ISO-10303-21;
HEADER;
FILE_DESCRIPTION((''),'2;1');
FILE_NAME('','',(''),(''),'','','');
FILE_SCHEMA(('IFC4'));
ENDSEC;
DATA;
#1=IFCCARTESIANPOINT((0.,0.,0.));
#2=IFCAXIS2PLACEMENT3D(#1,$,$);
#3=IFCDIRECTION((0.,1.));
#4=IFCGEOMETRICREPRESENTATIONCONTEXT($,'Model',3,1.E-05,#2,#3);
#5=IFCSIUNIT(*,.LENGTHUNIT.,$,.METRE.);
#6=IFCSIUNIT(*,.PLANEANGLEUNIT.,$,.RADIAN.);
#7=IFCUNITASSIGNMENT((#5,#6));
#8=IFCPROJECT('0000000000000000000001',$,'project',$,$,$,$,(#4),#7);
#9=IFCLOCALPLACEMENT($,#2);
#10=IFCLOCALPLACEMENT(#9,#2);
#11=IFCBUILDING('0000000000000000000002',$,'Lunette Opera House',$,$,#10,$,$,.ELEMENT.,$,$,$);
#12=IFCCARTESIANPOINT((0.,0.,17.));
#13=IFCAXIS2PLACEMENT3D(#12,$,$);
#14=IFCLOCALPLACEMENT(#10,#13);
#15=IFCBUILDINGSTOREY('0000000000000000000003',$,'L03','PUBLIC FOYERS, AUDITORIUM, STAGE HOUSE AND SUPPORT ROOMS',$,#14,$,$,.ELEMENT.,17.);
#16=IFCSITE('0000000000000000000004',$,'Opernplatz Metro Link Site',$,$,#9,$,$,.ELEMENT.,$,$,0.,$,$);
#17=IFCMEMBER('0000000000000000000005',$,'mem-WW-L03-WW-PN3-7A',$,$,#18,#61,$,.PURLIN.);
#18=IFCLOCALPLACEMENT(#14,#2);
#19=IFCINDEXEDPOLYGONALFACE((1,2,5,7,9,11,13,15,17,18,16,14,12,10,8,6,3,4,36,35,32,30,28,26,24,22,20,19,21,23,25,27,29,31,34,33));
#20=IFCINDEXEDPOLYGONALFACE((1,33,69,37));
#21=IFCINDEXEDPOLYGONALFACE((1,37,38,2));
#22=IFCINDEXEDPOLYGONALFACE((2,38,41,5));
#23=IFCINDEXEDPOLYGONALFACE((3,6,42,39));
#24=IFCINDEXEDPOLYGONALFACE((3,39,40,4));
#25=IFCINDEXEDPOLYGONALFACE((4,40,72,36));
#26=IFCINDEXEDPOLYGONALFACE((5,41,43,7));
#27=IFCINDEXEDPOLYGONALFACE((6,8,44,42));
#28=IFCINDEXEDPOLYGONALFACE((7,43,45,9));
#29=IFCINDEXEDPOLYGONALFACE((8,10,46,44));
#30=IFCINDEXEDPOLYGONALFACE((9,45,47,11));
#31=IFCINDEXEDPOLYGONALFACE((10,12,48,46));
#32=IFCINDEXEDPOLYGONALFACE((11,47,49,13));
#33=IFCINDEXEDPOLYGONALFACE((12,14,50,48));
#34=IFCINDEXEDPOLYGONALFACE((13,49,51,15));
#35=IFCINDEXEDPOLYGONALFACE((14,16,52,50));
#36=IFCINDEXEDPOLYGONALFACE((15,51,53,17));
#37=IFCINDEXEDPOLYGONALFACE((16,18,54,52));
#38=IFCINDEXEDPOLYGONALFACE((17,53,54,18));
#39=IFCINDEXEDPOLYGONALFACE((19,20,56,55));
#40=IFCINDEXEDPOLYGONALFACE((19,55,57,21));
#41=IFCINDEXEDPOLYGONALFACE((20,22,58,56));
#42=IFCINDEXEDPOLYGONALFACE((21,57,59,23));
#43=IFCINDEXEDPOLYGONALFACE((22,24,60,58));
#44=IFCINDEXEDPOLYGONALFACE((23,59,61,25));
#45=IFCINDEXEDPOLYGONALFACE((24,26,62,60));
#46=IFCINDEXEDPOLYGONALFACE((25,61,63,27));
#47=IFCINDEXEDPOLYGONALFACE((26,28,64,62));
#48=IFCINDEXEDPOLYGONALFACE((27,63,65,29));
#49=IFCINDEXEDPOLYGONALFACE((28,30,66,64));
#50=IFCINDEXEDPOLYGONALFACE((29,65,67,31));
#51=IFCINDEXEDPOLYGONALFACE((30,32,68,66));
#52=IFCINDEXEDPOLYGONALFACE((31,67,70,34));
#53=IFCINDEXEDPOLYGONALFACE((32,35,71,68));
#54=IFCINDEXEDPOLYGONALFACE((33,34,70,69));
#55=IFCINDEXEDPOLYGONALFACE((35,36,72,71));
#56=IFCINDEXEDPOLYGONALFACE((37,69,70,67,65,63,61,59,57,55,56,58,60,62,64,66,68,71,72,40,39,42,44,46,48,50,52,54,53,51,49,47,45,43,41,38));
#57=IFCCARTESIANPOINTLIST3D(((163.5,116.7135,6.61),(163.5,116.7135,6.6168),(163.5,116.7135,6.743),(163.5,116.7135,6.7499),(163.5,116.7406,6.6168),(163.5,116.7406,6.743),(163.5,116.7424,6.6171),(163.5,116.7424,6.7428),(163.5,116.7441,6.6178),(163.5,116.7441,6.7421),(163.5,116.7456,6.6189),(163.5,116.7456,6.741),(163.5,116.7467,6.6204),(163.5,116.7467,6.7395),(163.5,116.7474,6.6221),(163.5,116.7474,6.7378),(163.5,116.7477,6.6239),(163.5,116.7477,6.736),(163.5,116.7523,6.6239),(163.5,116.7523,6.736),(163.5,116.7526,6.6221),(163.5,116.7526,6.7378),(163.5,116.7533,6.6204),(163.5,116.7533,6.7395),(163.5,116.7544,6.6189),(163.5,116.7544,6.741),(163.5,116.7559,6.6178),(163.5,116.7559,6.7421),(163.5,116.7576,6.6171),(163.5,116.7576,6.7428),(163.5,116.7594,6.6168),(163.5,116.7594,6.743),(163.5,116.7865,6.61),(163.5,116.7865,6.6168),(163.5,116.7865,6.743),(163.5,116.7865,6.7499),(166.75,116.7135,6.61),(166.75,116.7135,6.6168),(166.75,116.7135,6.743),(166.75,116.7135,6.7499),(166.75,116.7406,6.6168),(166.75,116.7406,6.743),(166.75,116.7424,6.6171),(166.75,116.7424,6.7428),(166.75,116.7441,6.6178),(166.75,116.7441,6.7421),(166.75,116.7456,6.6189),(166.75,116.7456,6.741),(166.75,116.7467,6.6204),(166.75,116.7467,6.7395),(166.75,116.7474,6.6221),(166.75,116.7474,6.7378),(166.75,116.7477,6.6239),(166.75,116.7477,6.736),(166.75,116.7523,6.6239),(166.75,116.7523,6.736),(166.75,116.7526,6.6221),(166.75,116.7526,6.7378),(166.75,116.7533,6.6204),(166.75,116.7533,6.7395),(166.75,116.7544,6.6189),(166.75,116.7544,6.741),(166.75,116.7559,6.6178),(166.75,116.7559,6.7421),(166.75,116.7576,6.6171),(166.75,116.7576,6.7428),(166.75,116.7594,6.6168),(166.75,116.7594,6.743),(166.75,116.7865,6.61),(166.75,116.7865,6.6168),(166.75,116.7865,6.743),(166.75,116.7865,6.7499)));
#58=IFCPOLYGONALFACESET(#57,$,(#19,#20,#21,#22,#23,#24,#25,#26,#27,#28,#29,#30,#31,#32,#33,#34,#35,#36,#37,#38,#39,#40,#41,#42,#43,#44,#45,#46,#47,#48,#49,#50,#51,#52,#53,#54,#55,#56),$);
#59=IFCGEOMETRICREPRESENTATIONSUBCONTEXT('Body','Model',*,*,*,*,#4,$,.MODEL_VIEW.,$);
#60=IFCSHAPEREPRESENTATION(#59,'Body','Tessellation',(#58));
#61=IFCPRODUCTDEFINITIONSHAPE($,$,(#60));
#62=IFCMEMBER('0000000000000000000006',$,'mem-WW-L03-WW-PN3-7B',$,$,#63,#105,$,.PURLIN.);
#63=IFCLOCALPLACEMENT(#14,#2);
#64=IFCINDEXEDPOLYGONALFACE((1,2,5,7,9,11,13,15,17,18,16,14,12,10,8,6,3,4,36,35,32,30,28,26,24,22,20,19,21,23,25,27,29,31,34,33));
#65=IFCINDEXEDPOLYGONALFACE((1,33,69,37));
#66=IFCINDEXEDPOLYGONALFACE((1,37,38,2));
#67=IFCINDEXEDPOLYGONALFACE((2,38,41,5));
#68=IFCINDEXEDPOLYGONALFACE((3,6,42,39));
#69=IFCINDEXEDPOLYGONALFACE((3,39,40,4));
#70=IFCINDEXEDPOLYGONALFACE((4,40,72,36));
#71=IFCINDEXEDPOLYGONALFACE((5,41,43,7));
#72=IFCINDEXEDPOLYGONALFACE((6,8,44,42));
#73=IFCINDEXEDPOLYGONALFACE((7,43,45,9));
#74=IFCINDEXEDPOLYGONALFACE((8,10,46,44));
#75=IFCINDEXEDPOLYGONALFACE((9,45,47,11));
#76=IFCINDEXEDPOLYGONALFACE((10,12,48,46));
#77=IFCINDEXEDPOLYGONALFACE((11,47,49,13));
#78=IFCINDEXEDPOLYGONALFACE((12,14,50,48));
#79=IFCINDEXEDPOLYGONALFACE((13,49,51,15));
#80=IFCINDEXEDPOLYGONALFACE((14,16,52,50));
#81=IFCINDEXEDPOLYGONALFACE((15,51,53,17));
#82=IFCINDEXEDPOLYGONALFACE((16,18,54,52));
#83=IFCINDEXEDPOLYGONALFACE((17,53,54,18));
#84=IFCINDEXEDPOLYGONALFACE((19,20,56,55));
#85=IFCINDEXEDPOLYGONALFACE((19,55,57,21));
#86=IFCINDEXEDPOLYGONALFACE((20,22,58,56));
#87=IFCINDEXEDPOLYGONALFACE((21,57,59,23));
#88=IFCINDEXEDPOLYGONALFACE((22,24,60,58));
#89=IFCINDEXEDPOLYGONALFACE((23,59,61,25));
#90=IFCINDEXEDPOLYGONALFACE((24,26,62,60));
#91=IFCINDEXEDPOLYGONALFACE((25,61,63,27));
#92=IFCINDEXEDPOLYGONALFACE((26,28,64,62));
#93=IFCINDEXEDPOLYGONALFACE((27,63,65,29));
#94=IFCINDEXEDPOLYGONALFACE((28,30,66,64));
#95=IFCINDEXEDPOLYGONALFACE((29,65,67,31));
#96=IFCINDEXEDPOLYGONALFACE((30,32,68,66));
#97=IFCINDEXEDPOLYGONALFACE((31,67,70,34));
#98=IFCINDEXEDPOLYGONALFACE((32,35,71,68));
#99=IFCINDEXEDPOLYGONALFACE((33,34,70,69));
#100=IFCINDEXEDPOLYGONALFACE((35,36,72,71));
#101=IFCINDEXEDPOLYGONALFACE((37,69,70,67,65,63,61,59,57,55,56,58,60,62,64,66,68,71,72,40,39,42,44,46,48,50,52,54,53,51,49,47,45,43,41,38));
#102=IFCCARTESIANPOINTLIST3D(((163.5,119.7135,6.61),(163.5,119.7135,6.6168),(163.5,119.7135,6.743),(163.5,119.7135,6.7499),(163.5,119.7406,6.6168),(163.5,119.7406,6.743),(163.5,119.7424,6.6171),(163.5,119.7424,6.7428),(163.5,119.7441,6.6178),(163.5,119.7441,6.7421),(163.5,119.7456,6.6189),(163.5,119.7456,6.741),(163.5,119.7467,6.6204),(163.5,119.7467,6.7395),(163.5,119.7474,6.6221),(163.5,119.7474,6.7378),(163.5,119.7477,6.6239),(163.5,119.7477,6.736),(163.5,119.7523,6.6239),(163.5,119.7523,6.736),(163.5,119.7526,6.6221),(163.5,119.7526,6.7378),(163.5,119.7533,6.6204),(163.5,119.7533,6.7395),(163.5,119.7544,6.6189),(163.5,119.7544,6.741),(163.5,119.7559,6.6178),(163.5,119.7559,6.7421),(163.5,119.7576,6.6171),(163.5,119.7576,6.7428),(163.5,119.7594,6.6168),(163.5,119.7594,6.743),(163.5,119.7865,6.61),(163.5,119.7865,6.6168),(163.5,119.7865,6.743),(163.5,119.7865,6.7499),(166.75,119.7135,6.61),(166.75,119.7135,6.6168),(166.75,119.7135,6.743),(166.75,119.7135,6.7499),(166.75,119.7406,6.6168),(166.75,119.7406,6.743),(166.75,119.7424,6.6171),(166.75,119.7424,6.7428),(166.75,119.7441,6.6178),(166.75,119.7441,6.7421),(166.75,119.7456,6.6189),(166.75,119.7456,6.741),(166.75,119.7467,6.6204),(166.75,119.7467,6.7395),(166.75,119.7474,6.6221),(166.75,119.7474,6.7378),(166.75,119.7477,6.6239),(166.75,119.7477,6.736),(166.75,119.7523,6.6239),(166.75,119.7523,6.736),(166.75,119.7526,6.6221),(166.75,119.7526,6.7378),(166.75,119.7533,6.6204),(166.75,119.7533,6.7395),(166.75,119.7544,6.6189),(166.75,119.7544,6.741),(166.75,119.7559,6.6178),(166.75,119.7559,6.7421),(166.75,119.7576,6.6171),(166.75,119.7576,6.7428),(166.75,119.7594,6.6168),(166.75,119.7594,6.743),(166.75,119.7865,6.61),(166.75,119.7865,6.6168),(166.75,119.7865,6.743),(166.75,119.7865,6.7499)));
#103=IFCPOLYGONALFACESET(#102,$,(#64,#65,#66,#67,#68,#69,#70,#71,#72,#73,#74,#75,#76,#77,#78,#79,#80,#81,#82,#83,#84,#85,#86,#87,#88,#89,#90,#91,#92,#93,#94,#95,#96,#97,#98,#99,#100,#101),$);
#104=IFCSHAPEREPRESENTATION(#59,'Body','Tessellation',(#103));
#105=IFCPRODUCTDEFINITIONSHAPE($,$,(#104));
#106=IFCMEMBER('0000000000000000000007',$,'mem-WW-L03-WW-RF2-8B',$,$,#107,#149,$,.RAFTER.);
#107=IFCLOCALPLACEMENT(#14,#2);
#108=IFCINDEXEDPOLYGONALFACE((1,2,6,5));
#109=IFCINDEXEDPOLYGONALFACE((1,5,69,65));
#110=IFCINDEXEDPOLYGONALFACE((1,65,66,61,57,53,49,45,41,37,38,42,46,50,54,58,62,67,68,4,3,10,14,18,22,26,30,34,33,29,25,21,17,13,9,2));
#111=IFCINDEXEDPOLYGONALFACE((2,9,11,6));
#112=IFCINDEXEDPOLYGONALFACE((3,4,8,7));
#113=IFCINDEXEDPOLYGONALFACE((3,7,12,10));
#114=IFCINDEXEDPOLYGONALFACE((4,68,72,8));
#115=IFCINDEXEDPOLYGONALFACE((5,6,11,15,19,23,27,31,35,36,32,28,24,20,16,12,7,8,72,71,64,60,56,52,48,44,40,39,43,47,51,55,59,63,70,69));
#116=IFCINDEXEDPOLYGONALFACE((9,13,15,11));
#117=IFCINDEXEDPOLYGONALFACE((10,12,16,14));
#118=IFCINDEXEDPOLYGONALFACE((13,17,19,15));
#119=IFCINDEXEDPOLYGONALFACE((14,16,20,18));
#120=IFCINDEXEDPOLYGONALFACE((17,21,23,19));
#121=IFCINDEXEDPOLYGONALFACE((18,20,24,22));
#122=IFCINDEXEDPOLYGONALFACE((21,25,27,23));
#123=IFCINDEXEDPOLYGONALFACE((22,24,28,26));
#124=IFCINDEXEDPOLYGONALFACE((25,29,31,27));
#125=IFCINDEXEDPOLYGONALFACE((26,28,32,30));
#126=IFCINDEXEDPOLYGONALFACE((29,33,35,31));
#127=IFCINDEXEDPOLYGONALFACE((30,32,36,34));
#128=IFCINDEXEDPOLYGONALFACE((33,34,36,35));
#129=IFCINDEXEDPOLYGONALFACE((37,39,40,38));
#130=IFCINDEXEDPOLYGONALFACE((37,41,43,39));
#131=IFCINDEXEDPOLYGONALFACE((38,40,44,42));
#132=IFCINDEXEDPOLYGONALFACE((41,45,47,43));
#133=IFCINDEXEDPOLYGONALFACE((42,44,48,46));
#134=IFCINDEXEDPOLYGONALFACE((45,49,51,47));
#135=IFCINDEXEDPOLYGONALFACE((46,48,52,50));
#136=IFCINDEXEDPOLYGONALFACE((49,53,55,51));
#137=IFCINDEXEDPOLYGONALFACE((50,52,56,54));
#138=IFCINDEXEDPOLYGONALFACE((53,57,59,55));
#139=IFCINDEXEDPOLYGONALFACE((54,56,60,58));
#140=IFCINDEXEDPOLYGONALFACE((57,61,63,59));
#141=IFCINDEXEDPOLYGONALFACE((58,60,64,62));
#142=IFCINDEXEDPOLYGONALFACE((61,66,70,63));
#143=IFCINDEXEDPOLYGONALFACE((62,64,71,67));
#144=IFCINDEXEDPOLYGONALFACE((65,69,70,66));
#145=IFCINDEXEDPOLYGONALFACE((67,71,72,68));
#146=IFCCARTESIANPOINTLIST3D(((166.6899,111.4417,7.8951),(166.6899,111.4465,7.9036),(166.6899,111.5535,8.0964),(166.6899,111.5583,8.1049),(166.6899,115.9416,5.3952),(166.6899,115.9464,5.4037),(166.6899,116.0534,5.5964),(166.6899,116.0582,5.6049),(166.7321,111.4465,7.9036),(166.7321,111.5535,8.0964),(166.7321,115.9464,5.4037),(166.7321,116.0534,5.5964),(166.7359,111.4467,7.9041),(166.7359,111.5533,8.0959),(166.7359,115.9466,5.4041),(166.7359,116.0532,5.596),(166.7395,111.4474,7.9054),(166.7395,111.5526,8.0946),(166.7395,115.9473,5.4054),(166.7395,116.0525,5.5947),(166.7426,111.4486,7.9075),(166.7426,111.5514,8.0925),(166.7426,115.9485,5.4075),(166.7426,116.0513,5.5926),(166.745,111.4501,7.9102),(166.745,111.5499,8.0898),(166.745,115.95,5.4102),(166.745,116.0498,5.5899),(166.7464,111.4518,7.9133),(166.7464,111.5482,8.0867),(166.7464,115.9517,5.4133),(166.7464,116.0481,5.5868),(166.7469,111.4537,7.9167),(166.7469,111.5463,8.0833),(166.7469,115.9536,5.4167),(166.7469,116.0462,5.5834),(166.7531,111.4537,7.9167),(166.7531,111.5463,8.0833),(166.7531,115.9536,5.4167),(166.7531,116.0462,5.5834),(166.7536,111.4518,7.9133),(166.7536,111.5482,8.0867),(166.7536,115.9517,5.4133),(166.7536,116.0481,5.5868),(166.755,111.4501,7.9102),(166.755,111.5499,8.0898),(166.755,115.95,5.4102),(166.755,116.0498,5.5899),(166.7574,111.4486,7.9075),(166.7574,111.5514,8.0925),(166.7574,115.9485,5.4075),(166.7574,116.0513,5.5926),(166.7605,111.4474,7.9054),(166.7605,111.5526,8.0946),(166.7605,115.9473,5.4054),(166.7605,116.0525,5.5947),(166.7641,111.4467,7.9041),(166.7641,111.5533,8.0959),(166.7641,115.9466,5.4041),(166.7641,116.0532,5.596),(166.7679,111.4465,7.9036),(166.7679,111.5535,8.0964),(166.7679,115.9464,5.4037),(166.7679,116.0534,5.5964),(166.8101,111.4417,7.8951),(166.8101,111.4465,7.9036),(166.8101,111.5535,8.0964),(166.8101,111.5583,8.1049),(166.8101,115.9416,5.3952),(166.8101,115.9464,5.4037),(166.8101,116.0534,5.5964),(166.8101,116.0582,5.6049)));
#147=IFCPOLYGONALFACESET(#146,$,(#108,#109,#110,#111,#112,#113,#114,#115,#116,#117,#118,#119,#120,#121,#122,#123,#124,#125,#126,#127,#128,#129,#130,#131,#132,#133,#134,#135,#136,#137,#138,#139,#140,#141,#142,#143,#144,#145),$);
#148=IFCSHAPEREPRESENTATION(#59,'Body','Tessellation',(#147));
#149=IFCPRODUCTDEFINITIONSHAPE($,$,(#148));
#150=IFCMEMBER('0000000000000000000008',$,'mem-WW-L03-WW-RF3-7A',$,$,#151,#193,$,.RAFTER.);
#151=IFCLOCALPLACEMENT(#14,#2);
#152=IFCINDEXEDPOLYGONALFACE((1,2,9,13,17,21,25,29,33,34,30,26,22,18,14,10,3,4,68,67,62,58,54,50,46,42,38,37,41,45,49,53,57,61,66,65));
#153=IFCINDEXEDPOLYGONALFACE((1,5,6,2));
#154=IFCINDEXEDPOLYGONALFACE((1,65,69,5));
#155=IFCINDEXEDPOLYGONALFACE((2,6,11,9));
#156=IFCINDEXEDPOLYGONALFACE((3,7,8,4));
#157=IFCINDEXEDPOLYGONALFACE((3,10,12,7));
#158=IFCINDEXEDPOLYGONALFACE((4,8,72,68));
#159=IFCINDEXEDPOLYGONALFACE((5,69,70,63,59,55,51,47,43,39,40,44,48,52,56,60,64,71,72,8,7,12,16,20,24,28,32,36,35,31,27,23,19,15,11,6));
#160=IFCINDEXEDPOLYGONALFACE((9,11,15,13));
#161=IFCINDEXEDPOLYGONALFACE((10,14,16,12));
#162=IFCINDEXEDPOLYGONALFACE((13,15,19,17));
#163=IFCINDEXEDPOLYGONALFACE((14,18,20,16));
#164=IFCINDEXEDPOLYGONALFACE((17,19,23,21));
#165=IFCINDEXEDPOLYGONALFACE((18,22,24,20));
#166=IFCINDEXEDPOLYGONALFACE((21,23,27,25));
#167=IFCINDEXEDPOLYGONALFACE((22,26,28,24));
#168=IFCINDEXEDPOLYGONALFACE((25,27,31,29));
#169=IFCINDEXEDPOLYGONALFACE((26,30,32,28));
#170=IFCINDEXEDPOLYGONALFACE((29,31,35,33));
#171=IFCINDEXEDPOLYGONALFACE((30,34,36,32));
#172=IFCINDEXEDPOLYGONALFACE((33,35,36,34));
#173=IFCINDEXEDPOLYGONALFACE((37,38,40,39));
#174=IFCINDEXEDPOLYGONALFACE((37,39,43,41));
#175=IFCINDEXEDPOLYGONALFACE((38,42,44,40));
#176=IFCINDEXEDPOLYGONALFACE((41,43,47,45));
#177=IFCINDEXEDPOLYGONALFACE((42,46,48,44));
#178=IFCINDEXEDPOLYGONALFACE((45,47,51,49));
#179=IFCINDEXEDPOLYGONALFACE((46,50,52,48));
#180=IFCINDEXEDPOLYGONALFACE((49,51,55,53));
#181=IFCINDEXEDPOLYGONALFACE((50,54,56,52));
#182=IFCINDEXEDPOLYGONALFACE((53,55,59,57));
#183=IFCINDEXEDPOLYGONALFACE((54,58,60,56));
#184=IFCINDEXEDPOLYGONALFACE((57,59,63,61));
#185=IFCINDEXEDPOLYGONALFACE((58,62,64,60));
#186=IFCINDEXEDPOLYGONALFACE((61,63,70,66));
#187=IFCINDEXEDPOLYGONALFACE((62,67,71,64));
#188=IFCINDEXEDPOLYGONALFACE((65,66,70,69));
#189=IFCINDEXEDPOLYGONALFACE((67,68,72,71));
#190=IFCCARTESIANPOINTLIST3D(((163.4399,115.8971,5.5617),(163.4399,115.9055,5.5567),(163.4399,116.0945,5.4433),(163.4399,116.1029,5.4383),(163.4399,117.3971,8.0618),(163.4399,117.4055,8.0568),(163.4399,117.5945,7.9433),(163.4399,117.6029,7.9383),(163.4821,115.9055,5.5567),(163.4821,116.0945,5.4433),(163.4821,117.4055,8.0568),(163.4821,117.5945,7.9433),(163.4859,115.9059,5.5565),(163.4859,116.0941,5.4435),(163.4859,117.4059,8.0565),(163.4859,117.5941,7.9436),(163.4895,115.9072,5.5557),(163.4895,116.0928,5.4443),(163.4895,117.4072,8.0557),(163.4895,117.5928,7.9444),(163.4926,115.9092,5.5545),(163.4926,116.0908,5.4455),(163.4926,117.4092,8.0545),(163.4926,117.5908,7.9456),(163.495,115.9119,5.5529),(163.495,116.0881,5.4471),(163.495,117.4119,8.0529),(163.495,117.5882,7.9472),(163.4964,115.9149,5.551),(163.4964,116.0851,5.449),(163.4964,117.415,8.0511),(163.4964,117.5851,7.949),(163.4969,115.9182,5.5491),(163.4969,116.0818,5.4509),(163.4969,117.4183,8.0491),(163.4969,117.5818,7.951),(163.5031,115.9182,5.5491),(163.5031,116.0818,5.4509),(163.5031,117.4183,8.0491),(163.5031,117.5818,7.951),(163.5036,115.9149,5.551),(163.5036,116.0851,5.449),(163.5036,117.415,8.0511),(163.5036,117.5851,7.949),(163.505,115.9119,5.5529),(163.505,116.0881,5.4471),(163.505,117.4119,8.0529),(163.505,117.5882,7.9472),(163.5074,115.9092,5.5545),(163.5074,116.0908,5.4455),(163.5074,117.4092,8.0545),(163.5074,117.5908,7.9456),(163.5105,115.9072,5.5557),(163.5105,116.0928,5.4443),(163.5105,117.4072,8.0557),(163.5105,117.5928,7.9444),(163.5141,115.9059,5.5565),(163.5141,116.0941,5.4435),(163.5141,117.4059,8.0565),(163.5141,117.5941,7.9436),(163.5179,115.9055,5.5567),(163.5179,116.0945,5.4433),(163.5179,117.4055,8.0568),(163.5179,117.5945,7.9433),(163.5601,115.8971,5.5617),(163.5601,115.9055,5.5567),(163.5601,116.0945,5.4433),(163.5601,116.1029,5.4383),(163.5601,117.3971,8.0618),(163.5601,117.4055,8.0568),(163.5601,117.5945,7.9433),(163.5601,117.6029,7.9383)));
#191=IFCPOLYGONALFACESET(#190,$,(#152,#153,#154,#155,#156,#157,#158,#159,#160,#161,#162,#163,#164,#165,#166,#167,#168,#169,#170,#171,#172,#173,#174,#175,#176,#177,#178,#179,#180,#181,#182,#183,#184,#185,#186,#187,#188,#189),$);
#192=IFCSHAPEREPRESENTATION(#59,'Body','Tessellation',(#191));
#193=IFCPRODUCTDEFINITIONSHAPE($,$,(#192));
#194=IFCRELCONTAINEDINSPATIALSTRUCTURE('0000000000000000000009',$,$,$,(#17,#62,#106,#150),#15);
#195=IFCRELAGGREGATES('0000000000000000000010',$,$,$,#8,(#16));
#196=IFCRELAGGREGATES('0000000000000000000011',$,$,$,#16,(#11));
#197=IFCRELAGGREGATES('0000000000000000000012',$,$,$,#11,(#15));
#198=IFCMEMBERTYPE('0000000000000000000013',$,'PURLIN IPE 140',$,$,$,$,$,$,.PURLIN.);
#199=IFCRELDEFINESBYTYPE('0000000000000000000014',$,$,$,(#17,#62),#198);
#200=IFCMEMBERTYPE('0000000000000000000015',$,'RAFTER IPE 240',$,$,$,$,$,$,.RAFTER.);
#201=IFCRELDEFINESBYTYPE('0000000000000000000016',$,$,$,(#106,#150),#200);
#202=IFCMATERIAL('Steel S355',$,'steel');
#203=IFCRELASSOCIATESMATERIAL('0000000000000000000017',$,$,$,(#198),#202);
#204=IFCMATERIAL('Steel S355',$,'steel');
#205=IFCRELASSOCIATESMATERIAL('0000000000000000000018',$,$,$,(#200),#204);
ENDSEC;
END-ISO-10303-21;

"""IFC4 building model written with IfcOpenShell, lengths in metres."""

from ifc_helpers import new_model, si_unit, direction, frame, origin, origin_2d, place, context, subcontext, project, spatial, i_section, extrude, material, material_profile, profile_set, type_object, element, save


model = new_model("IFC4")

# Units and contexts
model_context = context("Model", 3, precision=1e-05, world=origin(), true_north=direction((0.0, 1.0)))
body_context = subcontext(model_context, "Body", "Model", "MODEL_VIEW")
ifc_project = project(units=[si_unit("LENGTHUNIT", "METRE"), si_unit("PLANEANGLEUNIT", "RADIAN")], contexts=[model_context])

# Site, building, storey
site_placement = place(None, origin())
site = spatial("IfcSite", under=ifc_project, at=site_placement, Name="Opernplatz Metro Link Site", CompositionType="ELEMENT", RefElevation=0.0)
building_placement = place(site_placement, origin())
building = spatial("IfcBuilding", under=site, at=building_placement, Name="Lunette Opera House", CompositionType="ELEMENT")
storey_placement = place(building_placement, frame((0.0, 0.0, 17.0)))
storey = spatial("IfcBuildingStorey", under=building, at=storey_placement, Name="L03", Description="PUBLIC FOYERS, AUDITORIUM, STAGE HOUSE AND SUPPORT ROOMS", CompositionType="ELEMENT", Elevation=17.0)

# Members
ifc_material_1 = material(Name="Steel S355", Category="steel")
ifc_material_profile_1 = material_profile(ifc_material_1, i_section(OverallWidth=0.073, OverallDepth=0.1399, WebThickness=0.0046, FlangeThickness=0.0068, FilletRadius=0.0071, at=origin_2d()), Name="IPE 140")
ifc_profile_set_1 = profile_set([ifc_material_profile_1], Name="Steel S355")
member_type_1 = type_object("IfcMemberType", Name="PURLIN IPE 140", PredefinedType="PURLIN", material=ifc_profile_set_1)
for number, where, z_axis, x_axis, name in (
    (1, (163.5, 116.75, 6.6799), (1.0, 0.0, 0.0), (0.0, 1.0, 0.0), "mem-WW-L03-WW-PN3-7A"),
    (2, (163.5, 119.75, 6.6799), (1.0, 0.0, 0.0), (0.0, 1.0, 0.0), "mem-WW-L03-WW-PN3-7B"),
):
    element("IfcMember", number, at=place(storey_placement, frame(where, z_axis=z_axis, x_axis=x_axis)), inside=storey, type_object=member_type_1, Name=name, PredefinedType="PURLIN", context=body_context, shape_type="SweptSolid", body=[
        extrude(i_section(OverallWidth=0.073, OverallDepth=0.1399, WebThickness=0.0046, FlangeThickness=0.0068, FilletRadius=0.0071, at=origin_2d()), origin(), (0.0, 0.0, 1.0), 3.25),
    ])
ifc_material_2 = material(Name="Steel S355", Category="steel")
ifc_material_profile_2 = material_profile(ifc_material_2, i_section(OverallWidth=0.1201, OverallDepth=0.24, WebThickness=0.0061, FlangeThickness=0.0098, FilletRadius=0.0149, at=origin_2d()), Name="IPE 240")
ifc_profile_set_2 = profile_set([ifc_material_profile_2], Name="Steel S355")
member_type_2 = type_object("IfcMemberType", Name="RAFTER IPE 240", PredefinedType="RAFTER", material=ifc_profile_set_2)
member_1_placement = place(storey_placement, frame((166.75, 111.5, 8.0), z_axis=(0.0, 0.874157, -0.485643), x_axis=(-1.0, 0.0, 0.0)))
element("IfcMember", 3, at=member_1_placement, inside=storey, type_object=member_type_2, Name="mem-WW-L03-WW-RF2-8B", PredefinedType="RAFTER", context=body_context, shape_type="SweptSolid", body=[
    extrude(i_section(OverallWidth=0.1201, OverallDepth=0.24, WebThickness=0.0061, FlangeThickness=0.0098, FilletRadius=0.0149, at=origin_2d()), origin(), (0.0, 0.0, 1.0), 5.1477),
])
member_2_placement = place(storey_placement, frame((163.5, 116.0, 5.5), z_axis=(0.0, 0.514496, 0.857493), x_axis=(-1.0, 0.0, 0.0)))
element("IfcMember", 4, at=member_2_placement, inside=storey, type_object=member_type_2, Name="mem-WW-L03-WW-RF3-7A", PredefinedType="RAFTER", context=body_context, shape_type="SweptSolid", body=[
    extrude(i_section(OverallWidth=0.1201, OverallDepth=0.24, WebThickness=0.0061, FlangeThickness=0.0098, FilletRadius=0.0149, at=origin_2d()), origin(), (0.0, 0.0, 1.0), 2.9155),
])

save(model, "model.ifc")
